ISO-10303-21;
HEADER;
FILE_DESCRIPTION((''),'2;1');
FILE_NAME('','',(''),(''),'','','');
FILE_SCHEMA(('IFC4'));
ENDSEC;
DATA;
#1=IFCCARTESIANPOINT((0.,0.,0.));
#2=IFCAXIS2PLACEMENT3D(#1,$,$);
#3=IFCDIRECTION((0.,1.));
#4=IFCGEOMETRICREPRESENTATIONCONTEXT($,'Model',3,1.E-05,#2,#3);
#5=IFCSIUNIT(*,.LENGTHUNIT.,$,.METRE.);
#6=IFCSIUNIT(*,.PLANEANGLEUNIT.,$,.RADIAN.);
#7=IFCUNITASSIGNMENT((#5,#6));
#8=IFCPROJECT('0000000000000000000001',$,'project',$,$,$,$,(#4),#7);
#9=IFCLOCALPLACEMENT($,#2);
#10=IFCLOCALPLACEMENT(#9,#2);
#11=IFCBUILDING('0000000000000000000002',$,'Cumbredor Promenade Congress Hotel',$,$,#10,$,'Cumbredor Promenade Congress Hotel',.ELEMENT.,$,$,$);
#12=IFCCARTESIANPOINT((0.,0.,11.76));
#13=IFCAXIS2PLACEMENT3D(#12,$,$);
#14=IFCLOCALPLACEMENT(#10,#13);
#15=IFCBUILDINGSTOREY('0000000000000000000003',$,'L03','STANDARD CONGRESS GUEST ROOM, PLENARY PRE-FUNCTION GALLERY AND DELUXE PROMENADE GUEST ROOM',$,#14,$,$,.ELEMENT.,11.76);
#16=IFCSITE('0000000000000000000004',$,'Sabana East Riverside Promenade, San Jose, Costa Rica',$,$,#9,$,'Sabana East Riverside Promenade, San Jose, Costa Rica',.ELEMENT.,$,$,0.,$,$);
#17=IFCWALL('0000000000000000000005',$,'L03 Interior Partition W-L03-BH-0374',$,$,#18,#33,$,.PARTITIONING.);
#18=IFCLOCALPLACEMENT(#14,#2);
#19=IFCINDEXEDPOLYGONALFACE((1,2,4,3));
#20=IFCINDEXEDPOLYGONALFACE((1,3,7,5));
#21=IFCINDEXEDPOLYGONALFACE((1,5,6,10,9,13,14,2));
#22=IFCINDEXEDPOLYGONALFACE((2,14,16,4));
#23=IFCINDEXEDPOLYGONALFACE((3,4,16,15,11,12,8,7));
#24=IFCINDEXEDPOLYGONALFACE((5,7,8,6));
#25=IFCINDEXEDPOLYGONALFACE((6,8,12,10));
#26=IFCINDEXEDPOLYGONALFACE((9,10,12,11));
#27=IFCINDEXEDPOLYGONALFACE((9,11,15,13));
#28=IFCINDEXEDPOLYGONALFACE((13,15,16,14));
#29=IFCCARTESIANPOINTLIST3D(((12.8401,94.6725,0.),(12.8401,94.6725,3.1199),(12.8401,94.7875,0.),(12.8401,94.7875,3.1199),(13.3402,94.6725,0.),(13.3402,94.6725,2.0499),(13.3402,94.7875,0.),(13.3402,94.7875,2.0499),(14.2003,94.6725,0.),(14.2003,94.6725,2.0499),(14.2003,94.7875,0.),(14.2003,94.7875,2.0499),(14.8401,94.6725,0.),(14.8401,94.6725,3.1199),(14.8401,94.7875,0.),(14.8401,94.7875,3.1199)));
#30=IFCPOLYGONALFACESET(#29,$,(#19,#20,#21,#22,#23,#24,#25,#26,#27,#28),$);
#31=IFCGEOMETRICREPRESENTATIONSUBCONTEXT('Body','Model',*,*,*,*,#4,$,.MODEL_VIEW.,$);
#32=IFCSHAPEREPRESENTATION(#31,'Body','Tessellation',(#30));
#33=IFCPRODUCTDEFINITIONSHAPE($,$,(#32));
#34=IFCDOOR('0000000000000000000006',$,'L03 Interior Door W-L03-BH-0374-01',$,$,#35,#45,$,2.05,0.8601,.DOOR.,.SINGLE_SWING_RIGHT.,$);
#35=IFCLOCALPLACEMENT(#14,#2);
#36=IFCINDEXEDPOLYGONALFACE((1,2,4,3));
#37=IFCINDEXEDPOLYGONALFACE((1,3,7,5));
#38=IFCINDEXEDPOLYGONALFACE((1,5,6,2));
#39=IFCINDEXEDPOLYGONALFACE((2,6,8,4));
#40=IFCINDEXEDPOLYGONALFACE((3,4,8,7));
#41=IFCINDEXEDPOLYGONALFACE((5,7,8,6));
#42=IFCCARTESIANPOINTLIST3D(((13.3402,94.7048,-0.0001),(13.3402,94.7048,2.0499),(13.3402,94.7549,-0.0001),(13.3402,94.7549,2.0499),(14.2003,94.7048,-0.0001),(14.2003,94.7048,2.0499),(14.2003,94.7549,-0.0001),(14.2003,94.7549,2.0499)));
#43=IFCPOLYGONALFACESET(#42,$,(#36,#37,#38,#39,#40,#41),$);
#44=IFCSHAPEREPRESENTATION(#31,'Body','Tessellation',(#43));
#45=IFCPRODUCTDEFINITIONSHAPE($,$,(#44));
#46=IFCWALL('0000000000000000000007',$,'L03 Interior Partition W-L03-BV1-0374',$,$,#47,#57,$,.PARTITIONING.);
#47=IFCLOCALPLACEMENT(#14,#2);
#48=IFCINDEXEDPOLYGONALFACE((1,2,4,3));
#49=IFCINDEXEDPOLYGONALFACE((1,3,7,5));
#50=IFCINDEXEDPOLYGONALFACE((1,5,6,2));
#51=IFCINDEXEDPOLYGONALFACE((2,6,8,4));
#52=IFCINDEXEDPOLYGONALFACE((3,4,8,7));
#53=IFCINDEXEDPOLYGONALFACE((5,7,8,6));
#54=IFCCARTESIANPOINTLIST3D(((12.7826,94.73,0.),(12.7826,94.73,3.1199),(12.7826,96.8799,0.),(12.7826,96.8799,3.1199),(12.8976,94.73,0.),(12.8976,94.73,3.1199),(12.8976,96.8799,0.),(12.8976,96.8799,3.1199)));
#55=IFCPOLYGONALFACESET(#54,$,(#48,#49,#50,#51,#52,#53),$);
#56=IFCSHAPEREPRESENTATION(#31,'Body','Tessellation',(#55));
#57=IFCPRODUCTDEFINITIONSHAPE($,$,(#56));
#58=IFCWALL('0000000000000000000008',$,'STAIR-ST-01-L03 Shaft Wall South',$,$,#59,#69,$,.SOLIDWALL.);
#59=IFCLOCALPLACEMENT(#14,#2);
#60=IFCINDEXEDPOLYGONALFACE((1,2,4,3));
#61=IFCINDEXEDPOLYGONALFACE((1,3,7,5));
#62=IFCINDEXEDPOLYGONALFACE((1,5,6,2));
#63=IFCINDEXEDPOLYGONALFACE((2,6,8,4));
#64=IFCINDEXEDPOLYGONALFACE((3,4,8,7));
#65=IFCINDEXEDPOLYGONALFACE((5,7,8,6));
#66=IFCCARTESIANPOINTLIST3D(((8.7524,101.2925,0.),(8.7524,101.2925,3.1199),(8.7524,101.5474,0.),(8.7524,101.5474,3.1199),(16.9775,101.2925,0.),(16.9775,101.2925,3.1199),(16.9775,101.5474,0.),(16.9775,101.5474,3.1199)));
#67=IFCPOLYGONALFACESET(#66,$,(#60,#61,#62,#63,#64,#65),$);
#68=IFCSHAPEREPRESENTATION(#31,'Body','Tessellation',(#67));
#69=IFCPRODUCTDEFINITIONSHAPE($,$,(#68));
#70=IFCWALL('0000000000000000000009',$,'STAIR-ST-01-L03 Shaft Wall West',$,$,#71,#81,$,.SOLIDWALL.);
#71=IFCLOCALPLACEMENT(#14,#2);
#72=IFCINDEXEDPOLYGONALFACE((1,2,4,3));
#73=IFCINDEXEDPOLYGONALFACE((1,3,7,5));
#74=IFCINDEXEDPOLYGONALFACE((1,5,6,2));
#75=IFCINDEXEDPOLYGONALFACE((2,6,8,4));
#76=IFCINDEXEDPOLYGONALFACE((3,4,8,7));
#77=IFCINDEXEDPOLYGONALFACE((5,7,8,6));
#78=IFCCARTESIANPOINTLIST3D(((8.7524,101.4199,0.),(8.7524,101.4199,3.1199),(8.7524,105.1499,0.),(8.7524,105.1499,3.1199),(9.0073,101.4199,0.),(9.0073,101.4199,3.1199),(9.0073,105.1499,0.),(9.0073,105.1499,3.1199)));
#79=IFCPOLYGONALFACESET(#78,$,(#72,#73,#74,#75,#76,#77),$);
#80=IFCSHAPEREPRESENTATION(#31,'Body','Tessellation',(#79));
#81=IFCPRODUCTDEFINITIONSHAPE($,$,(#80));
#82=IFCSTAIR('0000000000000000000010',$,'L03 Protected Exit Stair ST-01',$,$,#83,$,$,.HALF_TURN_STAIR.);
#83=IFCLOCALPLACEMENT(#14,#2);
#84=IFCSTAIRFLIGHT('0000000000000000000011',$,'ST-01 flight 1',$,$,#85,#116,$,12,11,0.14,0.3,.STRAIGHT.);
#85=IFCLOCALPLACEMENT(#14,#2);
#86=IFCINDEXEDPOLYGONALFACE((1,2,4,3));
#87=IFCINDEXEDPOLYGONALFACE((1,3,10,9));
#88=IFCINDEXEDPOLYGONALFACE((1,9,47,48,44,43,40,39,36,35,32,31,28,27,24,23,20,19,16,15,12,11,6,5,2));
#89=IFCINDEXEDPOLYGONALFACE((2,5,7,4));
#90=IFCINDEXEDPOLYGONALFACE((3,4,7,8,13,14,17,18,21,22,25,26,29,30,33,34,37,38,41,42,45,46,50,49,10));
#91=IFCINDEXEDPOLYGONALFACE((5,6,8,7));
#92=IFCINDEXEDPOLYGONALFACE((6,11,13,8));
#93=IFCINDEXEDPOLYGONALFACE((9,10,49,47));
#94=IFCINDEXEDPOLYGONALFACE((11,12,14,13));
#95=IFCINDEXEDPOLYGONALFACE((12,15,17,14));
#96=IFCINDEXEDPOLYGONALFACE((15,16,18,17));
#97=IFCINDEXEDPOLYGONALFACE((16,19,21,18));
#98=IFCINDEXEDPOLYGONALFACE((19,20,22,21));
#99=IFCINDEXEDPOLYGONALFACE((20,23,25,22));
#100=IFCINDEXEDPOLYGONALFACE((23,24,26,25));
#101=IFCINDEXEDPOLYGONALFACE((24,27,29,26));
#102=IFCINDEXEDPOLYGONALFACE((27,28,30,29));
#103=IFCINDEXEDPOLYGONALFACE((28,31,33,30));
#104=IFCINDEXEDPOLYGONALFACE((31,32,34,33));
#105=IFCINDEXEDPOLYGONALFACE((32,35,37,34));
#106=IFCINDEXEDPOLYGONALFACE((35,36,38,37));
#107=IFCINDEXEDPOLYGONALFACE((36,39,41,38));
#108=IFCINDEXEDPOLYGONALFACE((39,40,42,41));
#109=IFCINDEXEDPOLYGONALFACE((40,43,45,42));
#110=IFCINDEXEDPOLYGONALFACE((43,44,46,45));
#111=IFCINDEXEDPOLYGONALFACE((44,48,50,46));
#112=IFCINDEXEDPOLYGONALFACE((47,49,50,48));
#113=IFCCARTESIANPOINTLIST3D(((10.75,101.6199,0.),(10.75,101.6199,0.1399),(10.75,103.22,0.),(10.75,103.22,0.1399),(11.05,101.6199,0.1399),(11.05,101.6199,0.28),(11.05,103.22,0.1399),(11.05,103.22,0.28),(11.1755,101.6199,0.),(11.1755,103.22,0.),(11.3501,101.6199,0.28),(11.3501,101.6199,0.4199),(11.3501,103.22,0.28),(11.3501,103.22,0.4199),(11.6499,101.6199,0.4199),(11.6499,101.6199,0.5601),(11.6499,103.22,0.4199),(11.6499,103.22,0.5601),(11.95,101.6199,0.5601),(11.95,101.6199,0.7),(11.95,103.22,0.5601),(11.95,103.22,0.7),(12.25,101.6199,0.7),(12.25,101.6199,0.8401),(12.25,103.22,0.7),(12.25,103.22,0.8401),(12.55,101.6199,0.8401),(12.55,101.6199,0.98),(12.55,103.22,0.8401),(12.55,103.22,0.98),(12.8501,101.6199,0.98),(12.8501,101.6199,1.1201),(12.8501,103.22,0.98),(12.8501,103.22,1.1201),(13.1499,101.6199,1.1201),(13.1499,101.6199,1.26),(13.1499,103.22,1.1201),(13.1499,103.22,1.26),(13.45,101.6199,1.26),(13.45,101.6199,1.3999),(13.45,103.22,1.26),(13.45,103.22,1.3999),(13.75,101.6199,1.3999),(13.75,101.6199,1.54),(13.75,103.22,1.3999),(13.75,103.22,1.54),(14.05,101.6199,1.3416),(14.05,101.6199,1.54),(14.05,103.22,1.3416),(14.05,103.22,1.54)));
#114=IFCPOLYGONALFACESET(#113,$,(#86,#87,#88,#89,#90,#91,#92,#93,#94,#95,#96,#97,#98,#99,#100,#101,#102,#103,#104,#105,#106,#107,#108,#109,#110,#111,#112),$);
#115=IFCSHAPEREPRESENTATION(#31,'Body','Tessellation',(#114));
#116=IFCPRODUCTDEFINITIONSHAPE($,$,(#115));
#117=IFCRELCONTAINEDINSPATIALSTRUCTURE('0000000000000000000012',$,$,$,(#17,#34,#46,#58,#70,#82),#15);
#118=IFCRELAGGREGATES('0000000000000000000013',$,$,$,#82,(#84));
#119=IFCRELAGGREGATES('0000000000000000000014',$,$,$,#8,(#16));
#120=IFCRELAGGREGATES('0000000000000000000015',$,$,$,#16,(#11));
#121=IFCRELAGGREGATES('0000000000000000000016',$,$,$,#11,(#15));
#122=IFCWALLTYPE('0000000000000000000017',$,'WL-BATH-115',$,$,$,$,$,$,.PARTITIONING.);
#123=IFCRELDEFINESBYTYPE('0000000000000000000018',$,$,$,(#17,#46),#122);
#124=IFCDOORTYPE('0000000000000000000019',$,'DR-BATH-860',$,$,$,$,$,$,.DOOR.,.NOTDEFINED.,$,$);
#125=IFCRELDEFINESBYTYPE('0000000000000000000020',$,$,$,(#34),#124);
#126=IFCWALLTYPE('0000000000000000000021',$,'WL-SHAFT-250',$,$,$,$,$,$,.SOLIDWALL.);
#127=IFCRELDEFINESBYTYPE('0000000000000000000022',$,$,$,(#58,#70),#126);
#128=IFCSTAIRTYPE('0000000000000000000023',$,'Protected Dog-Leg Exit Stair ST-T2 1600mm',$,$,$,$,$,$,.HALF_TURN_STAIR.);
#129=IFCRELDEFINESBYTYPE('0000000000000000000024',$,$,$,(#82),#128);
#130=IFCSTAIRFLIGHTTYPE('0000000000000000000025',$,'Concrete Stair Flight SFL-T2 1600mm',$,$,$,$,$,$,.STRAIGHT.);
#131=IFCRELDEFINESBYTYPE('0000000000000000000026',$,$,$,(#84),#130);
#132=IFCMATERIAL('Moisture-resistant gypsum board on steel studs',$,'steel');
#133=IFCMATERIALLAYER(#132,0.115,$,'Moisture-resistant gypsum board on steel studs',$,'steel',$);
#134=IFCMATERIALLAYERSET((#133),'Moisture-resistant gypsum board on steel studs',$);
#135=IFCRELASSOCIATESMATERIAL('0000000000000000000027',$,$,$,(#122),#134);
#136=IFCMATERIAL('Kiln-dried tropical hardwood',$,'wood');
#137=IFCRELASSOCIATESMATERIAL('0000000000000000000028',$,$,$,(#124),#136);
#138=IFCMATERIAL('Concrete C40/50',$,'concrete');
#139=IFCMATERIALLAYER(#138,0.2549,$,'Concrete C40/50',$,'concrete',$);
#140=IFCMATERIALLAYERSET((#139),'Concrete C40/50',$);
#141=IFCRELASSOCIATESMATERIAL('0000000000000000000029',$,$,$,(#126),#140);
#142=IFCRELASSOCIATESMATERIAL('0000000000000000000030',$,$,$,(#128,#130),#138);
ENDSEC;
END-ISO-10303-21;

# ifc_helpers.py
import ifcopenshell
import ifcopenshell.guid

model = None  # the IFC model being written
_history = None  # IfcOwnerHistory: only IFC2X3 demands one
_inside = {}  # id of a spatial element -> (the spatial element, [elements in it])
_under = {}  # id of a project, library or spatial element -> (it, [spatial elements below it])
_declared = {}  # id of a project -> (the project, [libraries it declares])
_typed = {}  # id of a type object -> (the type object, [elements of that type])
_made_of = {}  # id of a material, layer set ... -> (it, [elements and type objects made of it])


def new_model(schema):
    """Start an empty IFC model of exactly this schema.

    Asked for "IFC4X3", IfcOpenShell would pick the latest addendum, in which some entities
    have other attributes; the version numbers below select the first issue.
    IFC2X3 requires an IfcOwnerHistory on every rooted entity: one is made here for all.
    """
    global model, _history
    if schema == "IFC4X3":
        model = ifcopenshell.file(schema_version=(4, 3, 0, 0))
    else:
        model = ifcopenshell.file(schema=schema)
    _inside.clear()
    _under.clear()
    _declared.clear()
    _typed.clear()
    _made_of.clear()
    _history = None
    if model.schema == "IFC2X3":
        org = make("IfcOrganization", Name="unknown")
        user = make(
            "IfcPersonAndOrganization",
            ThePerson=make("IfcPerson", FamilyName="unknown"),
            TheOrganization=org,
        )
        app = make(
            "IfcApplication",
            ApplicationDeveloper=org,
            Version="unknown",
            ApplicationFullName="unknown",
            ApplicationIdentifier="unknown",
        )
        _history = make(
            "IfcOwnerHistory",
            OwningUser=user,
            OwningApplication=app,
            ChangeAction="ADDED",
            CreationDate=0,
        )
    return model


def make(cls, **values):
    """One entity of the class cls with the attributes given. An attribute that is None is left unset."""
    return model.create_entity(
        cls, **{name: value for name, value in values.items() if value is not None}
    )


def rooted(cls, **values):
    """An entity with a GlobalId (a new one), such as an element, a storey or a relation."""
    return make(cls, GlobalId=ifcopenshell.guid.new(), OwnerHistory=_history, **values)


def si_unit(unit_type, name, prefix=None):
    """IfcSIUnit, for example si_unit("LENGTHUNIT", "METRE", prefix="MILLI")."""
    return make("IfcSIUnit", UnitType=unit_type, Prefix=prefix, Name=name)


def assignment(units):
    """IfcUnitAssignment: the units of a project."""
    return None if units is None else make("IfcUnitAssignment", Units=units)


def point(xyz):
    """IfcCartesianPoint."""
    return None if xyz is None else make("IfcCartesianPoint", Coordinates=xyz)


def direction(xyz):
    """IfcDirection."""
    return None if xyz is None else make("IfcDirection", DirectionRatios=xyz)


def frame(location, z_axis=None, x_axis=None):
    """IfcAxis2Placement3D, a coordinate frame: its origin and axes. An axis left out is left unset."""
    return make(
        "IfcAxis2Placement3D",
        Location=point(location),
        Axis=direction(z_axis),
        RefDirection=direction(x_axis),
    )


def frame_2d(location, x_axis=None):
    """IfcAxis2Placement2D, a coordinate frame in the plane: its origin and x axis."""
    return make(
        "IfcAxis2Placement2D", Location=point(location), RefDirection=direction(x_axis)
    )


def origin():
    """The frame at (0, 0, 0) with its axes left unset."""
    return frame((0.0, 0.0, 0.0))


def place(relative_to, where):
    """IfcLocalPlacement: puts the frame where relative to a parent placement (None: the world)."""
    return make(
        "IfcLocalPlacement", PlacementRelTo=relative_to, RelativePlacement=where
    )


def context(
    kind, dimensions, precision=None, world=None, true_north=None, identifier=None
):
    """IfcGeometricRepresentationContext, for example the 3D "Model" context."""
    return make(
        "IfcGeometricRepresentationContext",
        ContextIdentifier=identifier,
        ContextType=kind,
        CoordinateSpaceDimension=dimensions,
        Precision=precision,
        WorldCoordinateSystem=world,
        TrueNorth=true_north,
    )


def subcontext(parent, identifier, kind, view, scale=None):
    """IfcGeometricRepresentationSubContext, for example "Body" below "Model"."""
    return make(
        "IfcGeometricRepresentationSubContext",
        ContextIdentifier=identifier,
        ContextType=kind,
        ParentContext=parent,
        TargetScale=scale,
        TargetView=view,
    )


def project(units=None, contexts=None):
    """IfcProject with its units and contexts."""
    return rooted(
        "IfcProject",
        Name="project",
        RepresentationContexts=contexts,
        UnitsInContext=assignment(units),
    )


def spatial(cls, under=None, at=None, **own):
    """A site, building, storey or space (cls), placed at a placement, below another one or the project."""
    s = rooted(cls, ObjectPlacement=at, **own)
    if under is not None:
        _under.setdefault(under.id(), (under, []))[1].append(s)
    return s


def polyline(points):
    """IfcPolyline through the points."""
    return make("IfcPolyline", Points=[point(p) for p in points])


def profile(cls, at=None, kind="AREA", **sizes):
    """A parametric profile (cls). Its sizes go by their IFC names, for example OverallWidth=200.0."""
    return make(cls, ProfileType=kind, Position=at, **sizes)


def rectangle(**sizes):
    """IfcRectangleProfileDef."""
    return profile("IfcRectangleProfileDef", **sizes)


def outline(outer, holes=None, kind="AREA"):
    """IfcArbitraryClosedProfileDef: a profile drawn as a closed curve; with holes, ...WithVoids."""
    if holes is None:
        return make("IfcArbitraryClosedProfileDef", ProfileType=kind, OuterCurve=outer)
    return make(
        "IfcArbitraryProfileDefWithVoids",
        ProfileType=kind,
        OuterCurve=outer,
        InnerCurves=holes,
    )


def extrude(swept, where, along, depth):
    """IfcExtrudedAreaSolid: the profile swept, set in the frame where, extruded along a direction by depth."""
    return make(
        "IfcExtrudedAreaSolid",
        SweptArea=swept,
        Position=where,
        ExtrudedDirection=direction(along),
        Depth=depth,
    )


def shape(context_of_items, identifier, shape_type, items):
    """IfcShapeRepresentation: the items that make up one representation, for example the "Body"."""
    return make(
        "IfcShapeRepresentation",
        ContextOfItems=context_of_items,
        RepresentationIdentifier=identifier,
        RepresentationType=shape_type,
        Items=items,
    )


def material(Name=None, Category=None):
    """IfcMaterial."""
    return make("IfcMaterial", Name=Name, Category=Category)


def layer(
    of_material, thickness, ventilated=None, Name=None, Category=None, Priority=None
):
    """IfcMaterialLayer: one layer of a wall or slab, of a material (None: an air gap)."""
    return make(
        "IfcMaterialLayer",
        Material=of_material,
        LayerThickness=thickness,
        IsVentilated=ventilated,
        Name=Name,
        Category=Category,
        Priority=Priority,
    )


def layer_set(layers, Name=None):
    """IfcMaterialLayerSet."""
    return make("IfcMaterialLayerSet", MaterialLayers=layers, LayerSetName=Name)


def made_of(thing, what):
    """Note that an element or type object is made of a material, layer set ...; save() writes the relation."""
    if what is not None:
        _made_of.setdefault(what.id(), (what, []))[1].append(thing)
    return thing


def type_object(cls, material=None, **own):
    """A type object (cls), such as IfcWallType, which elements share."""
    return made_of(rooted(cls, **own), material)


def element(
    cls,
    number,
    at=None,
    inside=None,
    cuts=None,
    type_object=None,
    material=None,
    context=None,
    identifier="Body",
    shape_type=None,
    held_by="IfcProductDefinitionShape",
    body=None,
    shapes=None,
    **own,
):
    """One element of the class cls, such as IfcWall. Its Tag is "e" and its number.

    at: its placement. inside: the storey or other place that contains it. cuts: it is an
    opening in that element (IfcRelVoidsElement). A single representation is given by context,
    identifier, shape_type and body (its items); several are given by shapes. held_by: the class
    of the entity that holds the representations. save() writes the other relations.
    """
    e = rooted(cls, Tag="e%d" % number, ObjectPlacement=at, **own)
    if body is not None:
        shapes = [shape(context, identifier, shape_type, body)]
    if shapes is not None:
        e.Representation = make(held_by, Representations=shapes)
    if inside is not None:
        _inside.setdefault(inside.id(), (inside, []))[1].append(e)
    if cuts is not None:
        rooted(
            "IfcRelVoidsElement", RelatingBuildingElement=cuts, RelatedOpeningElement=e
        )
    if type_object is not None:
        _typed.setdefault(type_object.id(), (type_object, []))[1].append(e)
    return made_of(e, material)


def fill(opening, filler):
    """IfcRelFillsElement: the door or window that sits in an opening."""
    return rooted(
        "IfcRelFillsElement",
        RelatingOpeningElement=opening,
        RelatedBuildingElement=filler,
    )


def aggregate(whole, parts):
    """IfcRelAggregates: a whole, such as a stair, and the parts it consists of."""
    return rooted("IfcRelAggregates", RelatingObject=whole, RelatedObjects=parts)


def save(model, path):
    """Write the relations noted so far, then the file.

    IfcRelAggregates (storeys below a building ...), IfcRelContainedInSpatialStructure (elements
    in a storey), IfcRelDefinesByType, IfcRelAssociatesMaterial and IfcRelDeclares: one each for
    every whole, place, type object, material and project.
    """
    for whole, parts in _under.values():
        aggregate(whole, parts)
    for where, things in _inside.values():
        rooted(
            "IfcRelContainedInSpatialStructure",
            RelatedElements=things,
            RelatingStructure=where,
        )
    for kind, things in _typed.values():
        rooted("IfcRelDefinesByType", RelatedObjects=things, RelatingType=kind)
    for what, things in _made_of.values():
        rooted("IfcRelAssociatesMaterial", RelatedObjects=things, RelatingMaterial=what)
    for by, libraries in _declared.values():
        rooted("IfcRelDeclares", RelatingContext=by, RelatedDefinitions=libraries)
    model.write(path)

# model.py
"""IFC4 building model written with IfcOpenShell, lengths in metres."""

from ifc_helpers import new_model, si_unit, direction, frame, frame_2d, origin, place, context, subcontext, project, spatial, polyline, rectangle, outline, extrude, material, layer, layer_set, type_object, element, fill, aggregate, save


model = new_model("IFC4")

# Units and contexts
model_context = context("Model", 3, precision=1e-05, world=origin(), true_north=direction((0.0, 1.0)))
body_context = subcontext(model_context, "Body", "Model", "MODEL_VIEW")
ifc_project = project(units=[si_unit("LENGTHUNIT", "METRE"), si_unit("PLANEANGLEUNIT", "RADIAN")], contexts=[model_context])

# Site, building, storey
site_placement = place(None, origin())
site = spatial("IfcSite", under=ifc_project, at=site_placement, Name="Sabana East Riverside Promenade, San Jose, Costa Rica", LongName="Sabana East Riverside Promenade, San Jose, Costa Rica", CompositionType="ELEMENT", RefElevation=0.0)
building_placement = place(site_placement, origin())
building = spatial("IfcBuilding", under=site, at=building_placement, Name="Cumbredor Promenade Congress Hotel", LongName="Cumbredor Promenade Congress Hotel", CompositionType="ELEMENT")
storey_placement = place(building_placement, frame((0.0, 0.0, 11.76)))
storey = spatial("IfcBuildingStorey", under=building, at=storey_placement, Name="L03", Description="STANDARD CONGRESS GUEST ROOM, PLENARY PRE-FUNCTION GALLERY AND DELUXE PROMENADE GUEST ROOM", CompositionType="ELEMENT", Elevation=11.76)

# Shared definitions
ifc_material_1 = material(Name="Concrete C40/50", Category="concrete")

# Shared definitions
ifc_material_2 = material(Name="Moisture-resistant gypsum board on steel studs", Category="steel")
ifc_layer_1 = layer(ifc_material_2, 0.115, Name="Moisture-resistant gypsum board on steel studs", Category="steel")
ifc_layer_set_1 = layer_set([ifc_layer_1], Name="Moisture-resistant gypsum board on steel studs")
wall_type_1 = type_object("IfcWallType", Name="WL-BATH-115", PredefinedType="PARTITIONING", material=ifc_layer_set_1)

# Shared definitions
ifc_material_3 = material(Name="Kiln-dried tropical hardwood", Category="wood")
door_type_1 = type_object("IfcDoorType", Name="DR-BATH-860", OperationType="NOTDEFINED", PredefinedType="DOOR", material=ifc_material_3)

# Wall, opening, door
wall_1_placement = place(storey_placement, frame((12.8401, 94.73, 0.0), z_axis=(0.0, 0.0, 1.0), x_axis=(1.0, 0.0, 0.0)))
wall_1 = element("IfcWall", 1, at=wall_1_placement, inside=storey, type_object=wall_type_1, Name="L03 Interior Partition W-L03-BH-0374", PredefinedType="PARTITIONING", context=body_context, shape_type="SweptSolid", body=[
    extrude(rectangle(XDim=2.0, YDim=0.115, at=frame_2d((1.0, 0.0))), origin(), (0.0, 0.0, 1.0), 3.1199),
])
opening_1_placement = place(wall_1_placement, frame((0.5, 0.0, 0.0)))
opening_1 = element("IfcOpeningElement", 2, at=opening_1_placement, cuts=wall_1, PredefinedType="OPENING", context=body_context, shape_type="SweptSolid", body=[
    extrude(rectangle(XDim=0.8601, YDim=2.05, at=frame_2d((0.4302, 1.0249))), frame((0.0, 0.0674, 0.0), z_axis=(0.0, -1.0, 0.0), x_axis=(1.0, 0.0, 0.0)), (0.0, 0.0, 1.0), 0.135),
])
door_1_placement = place(opening_1_placement, origin())
door_1 = element("IfcDoor", 3, at=door_1_placement, inside=storey, type_object=door_type_1, Name="L03 Interior Door W-L03-BH-0374-01", OperationType="SINGLE_SWING_RIGHT", OverallHeight=2.05, OverallWidth=0.8601, PredefinedType="DOOR", context=body_context, shape_type="SweptSolid", body=[
    extrude(rectangle(XDim=0.8601, YDim=2.05, at=frame_2d((0.4302, 1.0249))), frame((0.0, 0.0249, 0.0), z_axis=(0.0, -1.0, 0.0), x_axis=(1.0, 0.0, 0.0)), (0.0, 0.0, 1.0), 0.05),
])
fill(opening_1, door_1)

# Walls
wall_2_placement = place(storey_placement, frame((12.8401, 94.73, 0.0), z_axis=(0.0, 0.0, 1.0), x_axis=(0.0, 1.0, 0.0)))
element("IfcWall", 4, at=wall_2_placement, inside=storey, type_object=wall_type_1, Name="L03 Interior Partition W-L03-BV1-0374", PredefinedType="PARTITIONING", context=body_context, shape_type="SweptSolid", body=[
    extrude(rectangle(XDim=2.1499, YDim=0.115, at=frame_2d((1.075, 0.0))), origin(), (0.0, 0.0, 1.0), 3.1199),
])
ifc_layer_2 = layer(ifc_material_1, 0.2549, Name="Concrete C40/50", Category="concrete")
ifc_layer_set_2 = layer_set([ifc_layer_2], Name="Concrete C40/50")
wall_type_2 = type_object("IfcWallType", Name="WL-SHAFT-250", PredefinedType="SOLIDWALL", material=ifc_layer_set_2)
wall_3_placement = place(storey_placement, frame((8.7524, 101.4199, 0.0), z_axis=(0.0, 0.0, 1.0), x_axis=(1.0, 0.0, 0.0)))
element("IfcWall", 5, at=wall_3_placement, inside=storey, type_object=wall_type_2, Name="STAIR-ST-01-L03 Shaft Wall South", PredefinedType="SOLIDWALL", context=body_context, shape_type="SweptSolid", body=[
    extrude(rectangle(XDim=8.2251, YDim=0.2549, at=frame_2d((4.1125, 0.0))), origin(), (0.0, 0.0, 1.0), 3.1199),
])

# Wall
wall_4_placement = place(storey_placement, frame((8.8799, 101.4199, 0.0), z_axis=(0.0, 0.0, 1.0), x_axis=(0.0, 1.0, 0.0)))
element("IfcWall", 6, at=wall_4_placement, inside=storey, type_object=wall_type_2, Name="STAIR-ST-01-L03 Shaft Wall West", PredefinedType="SOLIDWALL", context=body_context, shape_type="SweptSolid", body=[
    extrude(rectangle(XDim=3.73, YDim=0.2549, at=frame_2d((1.865, 0.0))), origin(), (0.0, 0.0, 1.0), 3.1199),
])

# Stair, stair flight
stair_type = type_object("IfcStairType", Name="Protected Dog-Leg Exit Stair ST-T2 1600mm", PredefinedType="HALF_TURN_STAIR", material=ifc_material_1)
stair_placement = place(storey_placement, origin())
stair = element("IfcStair", 7, at=stair_placement, inside=storey, type_object=stair_type, Name="L03 Protected Exit Stair ST-01", PredefinedType="HALF_TURN_STAIR")
stair_flight_type = type_object("IfcStairFlightType", Name="Concrete Stair Flight SFL-T2 1600mm", PredefinedType="STRAIGHT", material=ifc_material_1)
stair_flight_placement = place(storey_placement, frame((10.75, 102.4199, 0.0), z_axis=(0.0, 0.0, 1.0), x_axis=(1.0, 0.0, 0.0)))
stair_flight = element("IfcStairFlight", 8, at=stair_flight_placement, type_object=stair_flight_type, Name="ST-01 flight 1", NumberOfRisers=12, NumberOfTreads=11, PredefinedType="STRAIGHT", RiserHeight=0.14, TreadLength=0.3, context=body_context, shape_type="SweptSolid", body=[
    extrude(outline(polyline([(0.0, 0.0), (0.0, 0.1399), (0.3, 0.1399), (0.3, 0.28), (0.6001, 0.28), (0.6001, 0.4199), (0.8999, 0.4199), (0.8999, 0.5601), (1.2, 0.5601), (1.2, 0.7), (1.5, 0.7), (1.5, 0.8401), (1.8, 0.8401), (1.8, 0.98), (2.1001, 0.98), (2.1001, 1.1201), (2.3999, 1.1201), (2.3999, 1.26), (2.7, 1.26), (2.7, 1.3999), (3.0, 1.3999), (3.0, 1.54), (3.3, 1.54), (3.3, 1.6799), (3.3, 1.3416), (0.4255, 0.0), (0.0, 0.0)])), frame((0.0, 0.8, 0.0), z_axis=(0.0, -1.0, 0.0), x_axis=(1.0, 0.0, 0.0)), (0.0, 0.0, 1.0), 1.6001),
])
aggregate(stair, [stair_flight])

save(model, "model.ifc")
